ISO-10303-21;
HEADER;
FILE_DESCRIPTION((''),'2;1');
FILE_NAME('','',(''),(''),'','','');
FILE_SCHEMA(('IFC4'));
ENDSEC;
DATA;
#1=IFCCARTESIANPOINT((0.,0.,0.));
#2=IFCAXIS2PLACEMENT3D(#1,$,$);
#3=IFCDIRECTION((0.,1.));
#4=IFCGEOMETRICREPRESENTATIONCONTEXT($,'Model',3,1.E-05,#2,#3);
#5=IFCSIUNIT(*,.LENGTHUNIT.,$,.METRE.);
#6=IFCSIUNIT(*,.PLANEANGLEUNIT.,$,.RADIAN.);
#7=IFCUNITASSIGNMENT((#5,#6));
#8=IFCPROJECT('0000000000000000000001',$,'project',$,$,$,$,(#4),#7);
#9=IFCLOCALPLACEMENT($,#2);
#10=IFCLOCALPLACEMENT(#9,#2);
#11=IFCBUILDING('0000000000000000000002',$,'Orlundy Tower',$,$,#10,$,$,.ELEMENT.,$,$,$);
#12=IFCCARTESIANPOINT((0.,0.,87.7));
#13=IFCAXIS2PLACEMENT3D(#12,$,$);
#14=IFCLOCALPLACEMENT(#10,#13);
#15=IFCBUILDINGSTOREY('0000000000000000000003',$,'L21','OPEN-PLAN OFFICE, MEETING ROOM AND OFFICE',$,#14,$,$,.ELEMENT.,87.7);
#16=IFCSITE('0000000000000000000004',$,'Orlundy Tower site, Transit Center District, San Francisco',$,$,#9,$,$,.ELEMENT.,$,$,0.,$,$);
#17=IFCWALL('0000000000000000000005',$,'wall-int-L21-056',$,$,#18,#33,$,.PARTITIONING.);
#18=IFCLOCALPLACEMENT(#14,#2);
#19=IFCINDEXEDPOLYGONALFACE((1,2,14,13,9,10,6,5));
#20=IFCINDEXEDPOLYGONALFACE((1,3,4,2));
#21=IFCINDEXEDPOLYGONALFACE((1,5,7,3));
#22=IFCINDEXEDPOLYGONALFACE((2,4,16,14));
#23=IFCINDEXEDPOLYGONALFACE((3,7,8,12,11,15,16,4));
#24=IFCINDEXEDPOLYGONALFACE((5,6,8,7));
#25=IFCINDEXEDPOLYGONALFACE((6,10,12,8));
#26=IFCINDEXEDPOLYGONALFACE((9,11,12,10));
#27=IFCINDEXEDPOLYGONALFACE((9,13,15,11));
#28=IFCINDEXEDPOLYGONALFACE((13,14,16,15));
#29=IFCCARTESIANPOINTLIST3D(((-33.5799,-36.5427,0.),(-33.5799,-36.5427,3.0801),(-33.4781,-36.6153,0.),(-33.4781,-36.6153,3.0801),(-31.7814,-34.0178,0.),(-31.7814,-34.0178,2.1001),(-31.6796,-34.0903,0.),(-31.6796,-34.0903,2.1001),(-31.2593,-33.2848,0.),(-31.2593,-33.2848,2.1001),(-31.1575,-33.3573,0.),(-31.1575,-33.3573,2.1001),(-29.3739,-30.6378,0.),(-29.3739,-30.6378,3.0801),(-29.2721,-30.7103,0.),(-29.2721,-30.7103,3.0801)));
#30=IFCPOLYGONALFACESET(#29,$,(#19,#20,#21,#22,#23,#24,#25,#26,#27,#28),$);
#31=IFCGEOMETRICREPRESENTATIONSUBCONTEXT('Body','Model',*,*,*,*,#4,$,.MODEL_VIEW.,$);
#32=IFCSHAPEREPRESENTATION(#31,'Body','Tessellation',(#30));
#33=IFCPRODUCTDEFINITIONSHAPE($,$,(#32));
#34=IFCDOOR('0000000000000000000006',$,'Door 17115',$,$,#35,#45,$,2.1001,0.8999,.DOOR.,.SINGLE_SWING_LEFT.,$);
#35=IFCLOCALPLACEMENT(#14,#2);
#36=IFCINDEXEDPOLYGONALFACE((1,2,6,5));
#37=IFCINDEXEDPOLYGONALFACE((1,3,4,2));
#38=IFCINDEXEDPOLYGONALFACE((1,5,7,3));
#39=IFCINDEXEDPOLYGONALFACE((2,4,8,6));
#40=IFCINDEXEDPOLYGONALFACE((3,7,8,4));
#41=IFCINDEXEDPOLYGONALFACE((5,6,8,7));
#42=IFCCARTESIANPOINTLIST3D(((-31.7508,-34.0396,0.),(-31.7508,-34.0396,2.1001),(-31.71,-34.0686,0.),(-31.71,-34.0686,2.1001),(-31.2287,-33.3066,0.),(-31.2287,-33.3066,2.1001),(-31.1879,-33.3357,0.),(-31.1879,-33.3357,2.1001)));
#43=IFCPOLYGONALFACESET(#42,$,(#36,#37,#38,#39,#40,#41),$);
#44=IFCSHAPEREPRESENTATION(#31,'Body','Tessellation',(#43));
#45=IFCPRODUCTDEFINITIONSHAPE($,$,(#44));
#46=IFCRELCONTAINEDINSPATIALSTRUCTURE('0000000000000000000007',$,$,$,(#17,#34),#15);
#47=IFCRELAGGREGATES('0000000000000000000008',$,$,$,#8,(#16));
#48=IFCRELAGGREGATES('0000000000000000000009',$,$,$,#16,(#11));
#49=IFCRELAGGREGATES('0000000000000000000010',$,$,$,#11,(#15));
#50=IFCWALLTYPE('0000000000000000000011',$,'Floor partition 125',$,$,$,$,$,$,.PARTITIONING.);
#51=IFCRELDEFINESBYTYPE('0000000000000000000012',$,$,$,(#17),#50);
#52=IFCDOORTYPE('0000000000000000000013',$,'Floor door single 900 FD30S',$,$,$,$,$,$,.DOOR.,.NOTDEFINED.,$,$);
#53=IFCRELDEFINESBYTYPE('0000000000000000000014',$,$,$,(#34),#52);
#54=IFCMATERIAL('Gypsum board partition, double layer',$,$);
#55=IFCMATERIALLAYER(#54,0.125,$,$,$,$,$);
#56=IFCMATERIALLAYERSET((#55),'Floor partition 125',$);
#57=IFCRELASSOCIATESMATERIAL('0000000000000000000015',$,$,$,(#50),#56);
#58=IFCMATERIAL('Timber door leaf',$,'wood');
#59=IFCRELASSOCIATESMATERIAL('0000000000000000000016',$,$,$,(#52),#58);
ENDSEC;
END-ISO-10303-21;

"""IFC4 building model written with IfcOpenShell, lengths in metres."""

from ifc_helpers import new_model, si_unit, direction, frame, frame_2d, origin, place, context, subcontext, project, spatial, rectangle, extrude, material, layer, layer_set, type_object, element, fill, save


model = new_model("IFC4")

# Units and contexts
model_context = context("Model", 3, precision=1e-05, world=origin(), true_north=direction((0.0, 1.0)))
body_context = subcontext(model_context, "Body", "Model", "MODEL_VIEW")
ifc_project = project(units=[si_unit("LENGTHUNIT", "METRE"), si_unit("PLANEANGLEUNIT", "RADIAN")], contexts=[model_context])

# Site, building, storey
site_placement = place(None, origin())
site = spatial("IfcSite", under=ifc_project, at=site_placement, Name="Orlundy Tower site, Transit Center District, San Francisco", CompositionType="ELEMENT", RefElevation=0.0)
building_placement = place(site_placement, origin())
building = spatial("IfcBuilding", under=site, at=building_placement, Name="Orlundy Tower", CompositionType="ELEMENT")
storey_placement = place(building_placement, frame((0.0, 0.0, 87.7)))
storey = spatial("IfcBuildingStorey", under=building, at=storey_placement, Name="L21", Description="OPEN-PLAN OFFICE, MEETING ROOM AND OFFICE", CompositionType="ELEMENT", Elevation=87.7)

# Shared definitions
ifc_material_1 = material(Name="Gypsum board partition, double layer")
ifc_layer_1 = layer(ifc_material_1, 0.125)
ifc_layer_set_1 = layer_set([ifc_layer_1], Name="Floor partition 125")
wall_type_1 = type_object("IfcWallType", Name="Floor partition 125", PredefinedType="PARTITIONING", material=ifc_layer_set_1)
ifc_material_2 = material(Name="Timber door leaf", Category="wood")
door_type = type_object("IfcDoorType", Name="Floor door single 900 FD30S", OperationType="NOTDEFINED", PredefinedType="DOOR", material=ifc_material_2)

# Wall, opening, door
wall_1_placement = place(storey_placement, frame((-33.5291, -36.5791, 0.0), z_axis=(0.0, 0.0, 1.0), x_axis=(0.580158, 0.814504, 0.0)))
wall_1 = element("IfcWall", 1, at=wall_1_placement, inside=storey, type_object=wall_type_1, Name="wall-int-L21-056", PredefinedType="PARTITIONING", context=body_context, shape_type="SweptSolid", body=[
    extrude(rectangle(XDim=7.2498, YDim=0.125, at=frame_2d((3.625, 0.0))), origin(), (0.0, 0.0, 1.0), 3.0801),
])
opening_1_placement = place(wall_1_placement, frame((3.1001, 0.0, 0.0)))
opening_1 = element("IfcOpeningElement", 2, at=opening_1_placement, cuts=wall_1, PredefinedType="OPENING", context=body_context, shape_type="SweptSolid", body=[
    extrude(rectangle(XDim=0.8999, YDim=2.1001, at=frame_2d((0.45, 1.05))), frame((0.0, 0.0725, 0.0), z_axis=(0.0, -1.0, 0.0), x_axis=(1.0, 0.0, 0.0)), (0.0, 0.0, 1.0), 0.145),
])
door_1_placement = place(opening_1_placement, origin())
door_1 = element("IfcDoor", 3, at=door_1_placement, inside=storey, type_object=door_type, Name="Door 17115", OperationType="SINGLE_SWING_LEFT", OverallHeight=2.1001, OverallWidth=0.8999, PredefinedType="DOOR", context=body_context, shape_type="SweptSolid", body=[
    extrude(rectangle(XDim=0.8999, YDim=2.1001, at=frame_2d((0.45, 1.05))), frame((0.0, 0.0249, 0.0), z_axis=(0.0, -1.0, 0.0), x_axis=(1.0, 0.0, 0.0)), (0.0, 0.0, 1.0), 0.05),
])
fill(opening_1, door_1)

save(model, "model.ifc")
